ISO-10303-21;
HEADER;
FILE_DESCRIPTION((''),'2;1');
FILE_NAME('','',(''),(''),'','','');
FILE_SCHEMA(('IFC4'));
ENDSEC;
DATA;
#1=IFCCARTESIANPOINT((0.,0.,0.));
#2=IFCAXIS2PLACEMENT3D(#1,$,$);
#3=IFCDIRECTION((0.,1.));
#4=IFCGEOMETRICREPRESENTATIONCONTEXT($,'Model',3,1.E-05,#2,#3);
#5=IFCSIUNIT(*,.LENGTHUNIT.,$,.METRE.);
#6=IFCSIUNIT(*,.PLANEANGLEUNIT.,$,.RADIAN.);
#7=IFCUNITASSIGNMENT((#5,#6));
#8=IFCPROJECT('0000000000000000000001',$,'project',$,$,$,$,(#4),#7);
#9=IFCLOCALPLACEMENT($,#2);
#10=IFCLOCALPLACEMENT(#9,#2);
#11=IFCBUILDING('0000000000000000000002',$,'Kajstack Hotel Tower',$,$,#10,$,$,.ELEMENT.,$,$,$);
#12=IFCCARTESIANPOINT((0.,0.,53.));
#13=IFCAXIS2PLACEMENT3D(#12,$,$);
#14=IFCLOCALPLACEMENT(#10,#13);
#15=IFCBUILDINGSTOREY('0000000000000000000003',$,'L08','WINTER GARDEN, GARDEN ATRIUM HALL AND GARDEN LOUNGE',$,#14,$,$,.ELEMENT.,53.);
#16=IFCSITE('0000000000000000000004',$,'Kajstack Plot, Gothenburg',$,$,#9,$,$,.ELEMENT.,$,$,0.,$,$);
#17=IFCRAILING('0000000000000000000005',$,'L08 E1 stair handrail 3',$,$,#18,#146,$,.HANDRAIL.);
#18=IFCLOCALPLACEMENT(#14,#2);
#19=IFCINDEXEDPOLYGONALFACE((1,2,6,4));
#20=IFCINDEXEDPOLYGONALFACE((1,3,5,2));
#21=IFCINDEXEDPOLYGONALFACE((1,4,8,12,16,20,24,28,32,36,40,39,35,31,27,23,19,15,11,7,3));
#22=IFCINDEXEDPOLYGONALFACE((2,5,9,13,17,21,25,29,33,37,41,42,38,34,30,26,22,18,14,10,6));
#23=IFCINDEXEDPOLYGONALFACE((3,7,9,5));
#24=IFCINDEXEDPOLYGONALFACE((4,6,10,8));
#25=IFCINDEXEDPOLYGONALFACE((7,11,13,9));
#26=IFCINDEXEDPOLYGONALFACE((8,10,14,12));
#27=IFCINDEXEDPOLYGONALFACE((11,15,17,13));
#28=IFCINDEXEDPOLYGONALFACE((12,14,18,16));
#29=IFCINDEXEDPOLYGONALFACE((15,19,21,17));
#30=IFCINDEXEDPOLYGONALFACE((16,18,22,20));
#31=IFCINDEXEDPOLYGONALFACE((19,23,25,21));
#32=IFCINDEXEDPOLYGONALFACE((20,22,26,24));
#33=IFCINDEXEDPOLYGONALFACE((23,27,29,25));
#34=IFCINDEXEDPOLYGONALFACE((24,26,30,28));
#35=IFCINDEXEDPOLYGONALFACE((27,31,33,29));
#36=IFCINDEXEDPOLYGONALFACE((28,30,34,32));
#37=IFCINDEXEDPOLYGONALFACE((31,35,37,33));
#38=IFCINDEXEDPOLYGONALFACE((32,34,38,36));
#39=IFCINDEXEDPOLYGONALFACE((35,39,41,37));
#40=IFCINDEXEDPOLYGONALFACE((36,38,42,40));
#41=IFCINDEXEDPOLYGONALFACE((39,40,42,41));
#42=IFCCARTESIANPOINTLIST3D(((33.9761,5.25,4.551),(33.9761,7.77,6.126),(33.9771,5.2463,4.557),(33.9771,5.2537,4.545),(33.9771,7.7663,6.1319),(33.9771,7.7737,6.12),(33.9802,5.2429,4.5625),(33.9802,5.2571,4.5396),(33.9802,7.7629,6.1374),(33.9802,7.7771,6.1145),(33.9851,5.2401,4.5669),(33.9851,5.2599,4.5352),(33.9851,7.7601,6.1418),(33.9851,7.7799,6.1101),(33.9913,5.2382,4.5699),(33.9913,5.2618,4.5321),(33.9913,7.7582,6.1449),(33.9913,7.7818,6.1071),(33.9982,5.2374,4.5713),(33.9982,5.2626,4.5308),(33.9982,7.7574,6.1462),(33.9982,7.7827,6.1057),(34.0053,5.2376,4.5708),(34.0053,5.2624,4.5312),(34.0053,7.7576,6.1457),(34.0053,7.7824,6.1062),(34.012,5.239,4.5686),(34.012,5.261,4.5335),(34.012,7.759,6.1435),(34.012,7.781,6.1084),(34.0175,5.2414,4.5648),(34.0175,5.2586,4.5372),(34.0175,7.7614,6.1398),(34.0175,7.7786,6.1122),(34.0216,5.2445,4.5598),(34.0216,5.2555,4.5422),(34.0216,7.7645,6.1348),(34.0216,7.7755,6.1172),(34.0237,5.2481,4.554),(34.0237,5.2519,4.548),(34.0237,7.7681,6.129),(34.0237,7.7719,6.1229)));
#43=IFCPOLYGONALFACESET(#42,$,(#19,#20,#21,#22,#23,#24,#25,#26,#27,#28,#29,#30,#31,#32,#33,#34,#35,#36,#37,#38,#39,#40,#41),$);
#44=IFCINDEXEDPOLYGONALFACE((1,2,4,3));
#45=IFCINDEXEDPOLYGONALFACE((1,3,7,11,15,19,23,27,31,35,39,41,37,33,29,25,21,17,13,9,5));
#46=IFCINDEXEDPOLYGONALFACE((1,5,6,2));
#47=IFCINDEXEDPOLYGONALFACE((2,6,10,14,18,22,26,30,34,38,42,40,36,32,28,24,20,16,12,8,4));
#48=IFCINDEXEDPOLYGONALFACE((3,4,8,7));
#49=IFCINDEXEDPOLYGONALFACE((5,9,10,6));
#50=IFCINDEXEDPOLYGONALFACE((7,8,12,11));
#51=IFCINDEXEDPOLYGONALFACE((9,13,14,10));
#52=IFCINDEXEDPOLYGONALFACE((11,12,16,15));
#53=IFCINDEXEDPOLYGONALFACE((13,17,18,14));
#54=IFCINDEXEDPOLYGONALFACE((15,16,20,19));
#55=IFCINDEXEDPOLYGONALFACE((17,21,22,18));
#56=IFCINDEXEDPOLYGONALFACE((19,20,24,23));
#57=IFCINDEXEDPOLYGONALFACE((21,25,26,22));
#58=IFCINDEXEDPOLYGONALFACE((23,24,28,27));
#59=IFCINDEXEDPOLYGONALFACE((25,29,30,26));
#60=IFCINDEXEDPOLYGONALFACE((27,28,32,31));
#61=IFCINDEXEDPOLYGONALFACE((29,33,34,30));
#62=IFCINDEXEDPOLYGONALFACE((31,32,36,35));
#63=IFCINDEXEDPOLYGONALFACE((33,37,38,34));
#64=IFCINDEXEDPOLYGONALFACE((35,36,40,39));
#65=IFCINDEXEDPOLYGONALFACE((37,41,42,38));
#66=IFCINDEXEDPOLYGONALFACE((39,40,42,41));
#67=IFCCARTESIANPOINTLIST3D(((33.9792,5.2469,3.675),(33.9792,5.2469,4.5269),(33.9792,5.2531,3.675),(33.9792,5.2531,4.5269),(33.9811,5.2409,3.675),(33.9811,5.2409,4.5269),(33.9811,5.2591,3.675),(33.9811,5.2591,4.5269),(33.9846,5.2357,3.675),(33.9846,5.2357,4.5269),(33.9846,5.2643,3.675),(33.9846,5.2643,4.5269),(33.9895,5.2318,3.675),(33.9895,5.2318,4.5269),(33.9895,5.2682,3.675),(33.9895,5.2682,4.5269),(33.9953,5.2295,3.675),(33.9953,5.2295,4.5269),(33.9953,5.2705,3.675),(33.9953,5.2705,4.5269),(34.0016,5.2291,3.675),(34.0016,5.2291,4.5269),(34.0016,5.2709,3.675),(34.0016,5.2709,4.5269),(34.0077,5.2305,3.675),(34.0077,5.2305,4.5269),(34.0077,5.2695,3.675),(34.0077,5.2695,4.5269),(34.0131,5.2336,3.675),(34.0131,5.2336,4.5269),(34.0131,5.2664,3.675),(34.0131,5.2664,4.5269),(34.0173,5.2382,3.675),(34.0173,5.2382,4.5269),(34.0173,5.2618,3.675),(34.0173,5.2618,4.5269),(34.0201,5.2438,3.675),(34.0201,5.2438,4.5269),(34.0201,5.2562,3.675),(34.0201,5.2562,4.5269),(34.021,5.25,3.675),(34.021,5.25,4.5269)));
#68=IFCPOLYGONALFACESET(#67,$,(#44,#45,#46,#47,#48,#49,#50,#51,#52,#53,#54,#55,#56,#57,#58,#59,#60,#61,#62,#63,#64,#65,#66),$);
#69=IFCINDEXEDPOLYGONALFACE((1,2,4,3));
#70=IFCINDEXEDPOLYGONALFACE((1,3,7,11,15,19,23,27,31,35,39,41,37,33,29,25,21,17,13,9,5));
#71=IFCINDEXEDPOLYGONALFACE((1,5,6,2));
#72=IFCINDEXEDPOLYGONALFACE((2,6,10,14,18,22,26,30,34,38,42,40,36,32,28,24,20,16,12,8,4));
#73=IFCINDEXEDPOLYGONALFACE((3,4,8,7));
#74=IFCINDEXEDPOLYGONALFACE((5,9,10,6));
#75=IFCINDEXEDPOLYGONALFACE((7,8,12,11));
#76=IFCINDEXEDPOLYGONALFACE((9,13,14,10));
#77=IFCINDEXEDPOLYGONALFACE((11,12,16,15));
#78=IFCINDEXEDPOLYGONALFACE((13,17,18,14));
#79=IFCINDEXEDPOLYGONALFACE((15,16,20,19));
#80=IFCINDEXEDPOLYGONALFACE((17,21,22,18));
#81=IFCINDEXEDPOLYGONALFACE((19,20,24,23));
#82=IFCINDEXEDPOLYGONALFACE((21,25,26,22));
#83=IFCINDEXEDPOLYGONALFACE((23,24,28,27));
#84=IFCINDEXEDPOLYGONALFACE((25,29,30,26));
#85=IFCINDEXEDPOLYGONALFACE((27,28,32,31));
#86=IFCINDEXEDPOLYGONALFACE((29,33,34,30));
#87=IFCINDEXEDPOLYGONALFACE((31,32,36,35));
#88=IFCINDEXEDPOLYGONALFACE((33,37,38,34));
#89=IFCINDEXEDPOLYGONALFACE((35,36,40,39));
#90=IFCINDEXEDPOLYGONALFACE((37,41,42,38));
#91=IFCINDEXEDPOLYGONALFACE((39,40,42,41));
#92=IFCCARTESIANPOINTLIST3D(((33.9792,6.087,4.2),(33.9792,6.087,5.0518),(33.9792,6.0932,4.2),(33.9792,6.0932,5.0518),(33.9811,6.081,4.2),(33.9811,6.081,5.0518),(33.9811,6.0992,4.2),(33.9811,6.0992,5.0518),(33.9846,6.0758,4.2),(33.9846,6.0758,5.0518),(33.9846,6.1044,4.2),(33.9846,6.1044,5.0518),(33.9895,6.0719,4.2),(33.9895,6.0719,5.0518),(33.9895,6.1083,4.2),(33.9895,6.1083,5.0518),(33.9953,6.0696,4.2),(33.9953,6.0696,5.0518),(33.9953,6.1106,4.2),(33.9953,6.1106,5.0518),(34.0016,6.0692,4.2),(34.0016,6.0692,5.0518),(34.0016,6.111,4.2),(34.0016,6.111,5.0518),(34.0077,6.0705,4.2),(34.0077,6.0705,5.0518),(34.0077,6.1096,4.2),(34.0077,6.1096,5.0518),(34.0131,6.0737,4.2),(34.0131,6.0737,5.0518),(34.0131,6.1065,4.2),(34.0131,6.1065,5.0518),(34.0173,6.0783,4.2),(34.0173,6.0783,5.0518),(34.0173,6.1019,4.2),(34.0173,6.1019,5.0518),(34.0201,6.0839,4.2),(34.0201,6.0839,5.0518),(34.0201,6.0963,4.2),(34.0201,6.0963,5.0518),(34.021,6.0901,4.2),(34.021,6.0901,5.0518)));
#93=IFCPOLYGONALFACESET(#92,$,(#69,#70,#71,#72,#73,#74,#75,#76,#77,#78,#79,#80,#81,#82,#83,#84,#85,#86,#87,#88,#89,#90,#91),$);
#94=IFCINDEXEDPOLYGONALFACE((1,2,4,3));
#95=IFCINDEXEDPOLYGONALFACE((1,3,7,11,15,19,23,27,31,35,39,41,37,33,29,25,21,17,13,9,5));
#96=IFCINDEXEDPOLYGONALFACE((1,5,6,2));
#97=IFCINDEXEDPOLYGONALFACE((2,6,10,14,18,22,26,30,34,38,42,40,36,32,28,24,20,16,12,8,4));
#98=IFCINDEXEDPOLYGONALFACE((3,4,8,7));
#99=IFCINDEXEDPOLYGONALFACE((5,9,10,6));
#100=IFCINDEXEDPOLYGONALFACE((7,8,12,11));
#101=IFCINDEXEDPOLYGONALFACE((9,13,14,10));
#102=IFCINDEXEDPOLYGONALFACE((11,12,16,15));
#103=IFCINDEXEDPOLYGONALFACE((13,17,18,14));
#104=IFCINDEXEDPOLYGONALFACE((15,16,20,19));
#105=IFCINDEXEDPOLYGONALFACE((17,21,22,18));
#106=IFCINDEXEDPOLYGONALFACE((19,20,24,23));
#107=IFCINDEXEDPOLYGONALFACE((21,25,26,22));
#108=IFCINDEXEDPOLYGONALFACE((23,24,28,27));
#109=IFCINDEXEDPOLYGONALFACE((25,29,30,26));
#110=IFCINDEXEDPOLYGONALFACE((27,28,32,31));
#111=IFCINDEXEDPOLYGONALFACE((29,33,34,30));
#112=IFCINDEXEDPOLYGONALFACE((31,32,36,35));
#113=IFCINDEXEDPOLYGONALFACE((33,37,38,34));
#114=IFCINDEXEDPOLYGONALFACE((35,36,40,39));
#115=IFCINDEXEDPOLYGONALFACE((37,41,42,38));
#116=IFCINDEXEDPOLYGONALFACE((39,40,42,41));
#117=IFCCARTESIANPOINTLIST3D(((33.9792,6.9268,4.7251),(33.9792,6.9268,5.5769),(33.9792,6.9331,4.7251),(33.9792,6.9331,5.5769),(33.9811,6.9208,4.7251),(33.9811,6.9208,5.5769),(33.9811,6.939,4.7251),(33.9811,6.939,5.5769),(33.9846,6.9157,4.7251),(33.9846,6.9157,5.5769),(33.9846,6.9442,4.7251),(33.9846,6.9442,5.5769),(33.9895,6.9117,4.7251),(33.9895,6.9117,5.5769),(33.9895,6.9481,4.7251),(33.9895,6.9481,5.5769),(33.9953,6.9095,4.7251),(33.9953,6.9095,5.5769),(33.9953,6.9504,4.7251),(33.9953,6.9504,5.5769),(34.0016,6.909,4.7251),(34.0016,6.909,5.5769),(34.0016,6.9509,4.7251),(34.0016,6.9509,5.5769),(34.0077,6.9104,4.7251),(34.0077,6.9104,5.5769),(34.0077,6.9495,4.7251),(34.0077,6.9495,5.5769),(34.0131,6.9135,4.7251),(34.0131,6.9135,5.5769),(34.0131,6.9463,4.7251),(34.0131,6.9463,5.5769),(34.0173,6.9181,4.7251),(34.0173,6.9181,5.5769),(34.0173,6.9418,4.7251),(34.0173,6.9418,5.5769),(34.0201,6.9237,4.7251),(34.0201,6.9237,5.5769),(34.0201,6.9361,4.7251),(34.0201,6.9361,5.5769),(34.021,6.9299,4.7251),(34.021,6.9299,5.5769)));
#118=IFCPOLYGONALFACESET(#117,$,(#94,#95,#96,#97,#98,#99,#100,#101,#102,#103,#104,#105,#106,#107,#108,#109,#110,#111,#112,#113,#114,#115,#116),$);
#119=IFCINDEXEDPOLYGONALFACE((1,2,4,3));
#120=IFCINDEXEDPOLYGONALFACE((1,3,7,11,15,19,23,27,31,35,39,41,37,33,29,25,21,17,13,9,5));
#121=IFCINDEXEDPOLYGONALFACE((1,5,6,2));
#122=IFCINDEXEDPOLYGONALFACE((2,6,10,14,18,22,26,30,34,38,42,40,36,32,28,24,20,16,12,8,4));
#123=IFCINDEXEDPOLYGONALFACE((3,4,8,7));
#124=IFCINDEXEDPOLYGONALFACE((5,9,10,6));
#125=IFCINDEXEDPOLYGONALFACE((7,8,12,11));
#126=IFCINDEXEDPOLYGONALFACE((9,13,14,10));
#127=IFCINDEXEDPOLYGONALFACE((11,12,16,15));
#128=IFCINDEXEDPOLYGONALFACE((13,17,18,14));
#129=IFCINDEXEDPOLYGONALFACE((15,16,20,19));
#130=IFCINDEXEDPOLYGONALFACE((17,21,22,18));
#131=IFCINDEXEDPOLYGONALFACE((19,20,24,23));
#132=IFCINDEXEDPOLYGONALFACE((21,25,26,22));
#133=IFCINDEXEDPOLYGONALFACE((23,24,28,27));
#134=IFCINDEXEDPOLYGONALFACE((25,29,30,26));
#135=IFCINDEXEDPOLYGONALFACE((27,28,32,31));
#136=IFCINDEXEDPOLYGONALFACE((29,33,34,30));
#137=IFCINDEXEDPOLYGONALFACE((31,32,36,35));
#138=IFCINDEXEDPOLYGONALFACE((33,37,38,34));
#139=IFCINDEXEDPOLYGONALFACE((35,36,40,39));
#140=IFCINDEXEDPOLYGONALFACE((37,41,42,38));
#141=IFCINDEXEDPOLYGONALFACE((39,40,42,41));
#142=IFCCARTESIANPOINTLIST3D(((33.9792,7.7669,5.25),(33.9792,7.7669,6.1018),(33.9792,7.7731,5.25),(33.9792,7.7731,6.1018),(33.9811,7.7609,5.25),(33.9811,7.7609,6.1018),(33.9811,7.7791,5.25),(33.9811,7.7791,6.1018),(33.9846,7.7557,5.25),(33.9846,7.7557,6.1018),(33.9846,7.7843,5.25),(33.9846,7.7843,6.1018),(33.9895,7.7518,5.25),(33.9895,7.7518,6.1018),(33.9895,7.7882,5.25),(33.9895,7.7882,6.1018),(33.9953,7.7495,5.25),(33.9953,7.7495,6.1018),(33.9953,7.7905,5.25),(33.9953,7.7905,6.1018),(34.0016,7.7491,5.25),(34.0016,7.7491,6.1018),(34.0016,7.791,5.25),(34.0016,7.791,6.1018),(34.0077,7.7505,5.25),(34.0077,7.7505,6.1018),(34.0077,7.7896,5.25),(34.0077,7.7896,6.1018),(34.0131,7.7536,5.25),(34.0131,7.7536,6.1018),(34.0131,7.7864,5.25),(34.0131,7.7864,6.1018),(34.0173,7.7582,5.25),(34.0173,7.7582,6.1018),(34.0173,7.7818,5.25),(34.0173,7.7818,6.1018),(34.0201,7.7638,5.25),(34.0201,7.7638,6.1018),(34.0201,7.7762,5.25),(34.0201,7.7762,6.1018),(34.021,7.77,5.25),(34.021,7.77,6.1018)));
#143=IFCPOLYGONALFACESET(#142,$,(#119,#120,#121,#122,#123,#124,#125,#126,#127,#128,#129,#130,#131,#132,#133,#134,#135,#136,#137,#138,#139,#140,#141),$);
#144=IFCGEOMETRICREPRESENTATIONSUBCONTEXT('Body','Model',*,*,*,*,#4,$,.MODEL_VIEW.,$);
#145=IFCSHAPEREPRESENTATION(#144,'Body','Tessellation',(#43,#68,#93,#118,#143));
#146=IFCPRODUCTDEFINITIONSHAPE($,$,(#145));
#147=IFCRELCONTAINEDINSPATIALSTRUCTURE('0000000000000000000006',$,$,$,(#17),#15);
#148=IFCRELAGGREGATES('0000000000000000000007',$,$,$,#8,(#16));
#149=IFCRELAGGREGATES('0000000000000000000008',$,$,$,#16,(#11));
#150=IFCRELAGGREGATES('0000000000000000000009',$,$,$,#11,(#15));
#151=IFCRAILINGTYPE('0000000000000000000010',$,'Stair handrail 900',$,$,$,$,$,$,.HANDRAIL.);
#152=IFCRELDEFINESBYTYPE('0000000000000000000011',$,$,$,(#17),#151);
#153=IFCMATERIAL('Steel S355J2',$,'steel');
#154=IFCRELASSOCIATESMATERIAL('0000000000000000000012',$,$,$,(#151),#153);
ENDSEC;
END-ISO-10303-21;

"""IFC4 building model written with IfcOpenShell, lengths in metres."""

from ifc_helpers import new_model, si_unit, direction, frame, origin, origin_2d, place, context, subcontext, project, spatial, circle, extrude, material, type_object, element, save


model = new_model("IFC4")

# Units and contexts
model_context = context("Model", 3, precision=1e-05, world=origin(), true_north=direction((0.0, 1.0)))
body_context = subcontext(model_context, "Body", "Model", "MODEL_VIEW")
ifc_project = project(units=[si_unit("LENGTHUNIT", "METRE"), si_unit("PLANEANGLEUNIT", "RADIAN")], contexts=[model_context])

# Site, building, storey
site_placement = place(None, origin())
site = spatial("IfcSite", under=ifc_project, at=site_placement, Name="Kajstack Plot, Gothenburg", CompositionType="ELEMENT", RefElevation=0.0)
building_placement = place(site_placement, origin())
building = spatial("IfcBuilding", under=site, at=building_placement, Name="Kajstack Hotel Tower", CompositionType="ELEMENT")
storey_placement = place(building_placement, frame((0.0, 0.0, 53.0)))
storey = spatial("IfcBuildingStorey", under=building, at=storey_placement, Name="L08", Description="WINTER GARDEN, GARDEN ATRIUM HALL AND GARDEN LOUNGE", CompositionType="ELEMENT", Elevation=53.0)

# Railing
ifc_material_1 = material(Name="Steel S355J2", Category="steel")
railing_type_1 = type_object("IfcRailingType", Name="Stair handrail 900", PredefinedType="HANDRAIL", material=ifc_material_1)
railing_1_placement = place(storey_placement, frame((34.0, 5.25, 3.675)))
element("IfcRailing", 1, at=railing_1_placement, inside=storey, type_object=railing_type_1, Name="L08 E1 stair handrail 3", PredefinedType="HANDRAIL", context=body_context, shape_type="SweptSolid", body=[
    extrude(circle(Radius=0.0239, at=origin_2d()), frame((0.0, 0.0, 0.876), z_axis=(0.0, 0.848008, 0.529984), x_axis=(-1.0, 0.0, 0.0)), (0.0, 0.0, 1.0), 2.9717),
    extrude(circle(Radius=0.021, at=origin_2d()), origin(), (0.0, 0.0, 1.0), 0.8518),
    extrude(circle(Radius=0.021, at=origin_2d()), frame((0.0, 0.8401, 0.5249)), (0.0, 0.0, 1.0), 0.8518),
    extrude(circle(Radius=0.021, at=origin_2d()), frame((0.0, 1.6799, 1.05)), (0.0, 0.0, 1.0), 0.8518),
    extrude(circle(Radius=0.021, at=origin_2d()), frame((0.0, 2.52, 1.575)), (0.0, 0.0, 1.0), 0.8518),
])

save(model, "model.ifc")
